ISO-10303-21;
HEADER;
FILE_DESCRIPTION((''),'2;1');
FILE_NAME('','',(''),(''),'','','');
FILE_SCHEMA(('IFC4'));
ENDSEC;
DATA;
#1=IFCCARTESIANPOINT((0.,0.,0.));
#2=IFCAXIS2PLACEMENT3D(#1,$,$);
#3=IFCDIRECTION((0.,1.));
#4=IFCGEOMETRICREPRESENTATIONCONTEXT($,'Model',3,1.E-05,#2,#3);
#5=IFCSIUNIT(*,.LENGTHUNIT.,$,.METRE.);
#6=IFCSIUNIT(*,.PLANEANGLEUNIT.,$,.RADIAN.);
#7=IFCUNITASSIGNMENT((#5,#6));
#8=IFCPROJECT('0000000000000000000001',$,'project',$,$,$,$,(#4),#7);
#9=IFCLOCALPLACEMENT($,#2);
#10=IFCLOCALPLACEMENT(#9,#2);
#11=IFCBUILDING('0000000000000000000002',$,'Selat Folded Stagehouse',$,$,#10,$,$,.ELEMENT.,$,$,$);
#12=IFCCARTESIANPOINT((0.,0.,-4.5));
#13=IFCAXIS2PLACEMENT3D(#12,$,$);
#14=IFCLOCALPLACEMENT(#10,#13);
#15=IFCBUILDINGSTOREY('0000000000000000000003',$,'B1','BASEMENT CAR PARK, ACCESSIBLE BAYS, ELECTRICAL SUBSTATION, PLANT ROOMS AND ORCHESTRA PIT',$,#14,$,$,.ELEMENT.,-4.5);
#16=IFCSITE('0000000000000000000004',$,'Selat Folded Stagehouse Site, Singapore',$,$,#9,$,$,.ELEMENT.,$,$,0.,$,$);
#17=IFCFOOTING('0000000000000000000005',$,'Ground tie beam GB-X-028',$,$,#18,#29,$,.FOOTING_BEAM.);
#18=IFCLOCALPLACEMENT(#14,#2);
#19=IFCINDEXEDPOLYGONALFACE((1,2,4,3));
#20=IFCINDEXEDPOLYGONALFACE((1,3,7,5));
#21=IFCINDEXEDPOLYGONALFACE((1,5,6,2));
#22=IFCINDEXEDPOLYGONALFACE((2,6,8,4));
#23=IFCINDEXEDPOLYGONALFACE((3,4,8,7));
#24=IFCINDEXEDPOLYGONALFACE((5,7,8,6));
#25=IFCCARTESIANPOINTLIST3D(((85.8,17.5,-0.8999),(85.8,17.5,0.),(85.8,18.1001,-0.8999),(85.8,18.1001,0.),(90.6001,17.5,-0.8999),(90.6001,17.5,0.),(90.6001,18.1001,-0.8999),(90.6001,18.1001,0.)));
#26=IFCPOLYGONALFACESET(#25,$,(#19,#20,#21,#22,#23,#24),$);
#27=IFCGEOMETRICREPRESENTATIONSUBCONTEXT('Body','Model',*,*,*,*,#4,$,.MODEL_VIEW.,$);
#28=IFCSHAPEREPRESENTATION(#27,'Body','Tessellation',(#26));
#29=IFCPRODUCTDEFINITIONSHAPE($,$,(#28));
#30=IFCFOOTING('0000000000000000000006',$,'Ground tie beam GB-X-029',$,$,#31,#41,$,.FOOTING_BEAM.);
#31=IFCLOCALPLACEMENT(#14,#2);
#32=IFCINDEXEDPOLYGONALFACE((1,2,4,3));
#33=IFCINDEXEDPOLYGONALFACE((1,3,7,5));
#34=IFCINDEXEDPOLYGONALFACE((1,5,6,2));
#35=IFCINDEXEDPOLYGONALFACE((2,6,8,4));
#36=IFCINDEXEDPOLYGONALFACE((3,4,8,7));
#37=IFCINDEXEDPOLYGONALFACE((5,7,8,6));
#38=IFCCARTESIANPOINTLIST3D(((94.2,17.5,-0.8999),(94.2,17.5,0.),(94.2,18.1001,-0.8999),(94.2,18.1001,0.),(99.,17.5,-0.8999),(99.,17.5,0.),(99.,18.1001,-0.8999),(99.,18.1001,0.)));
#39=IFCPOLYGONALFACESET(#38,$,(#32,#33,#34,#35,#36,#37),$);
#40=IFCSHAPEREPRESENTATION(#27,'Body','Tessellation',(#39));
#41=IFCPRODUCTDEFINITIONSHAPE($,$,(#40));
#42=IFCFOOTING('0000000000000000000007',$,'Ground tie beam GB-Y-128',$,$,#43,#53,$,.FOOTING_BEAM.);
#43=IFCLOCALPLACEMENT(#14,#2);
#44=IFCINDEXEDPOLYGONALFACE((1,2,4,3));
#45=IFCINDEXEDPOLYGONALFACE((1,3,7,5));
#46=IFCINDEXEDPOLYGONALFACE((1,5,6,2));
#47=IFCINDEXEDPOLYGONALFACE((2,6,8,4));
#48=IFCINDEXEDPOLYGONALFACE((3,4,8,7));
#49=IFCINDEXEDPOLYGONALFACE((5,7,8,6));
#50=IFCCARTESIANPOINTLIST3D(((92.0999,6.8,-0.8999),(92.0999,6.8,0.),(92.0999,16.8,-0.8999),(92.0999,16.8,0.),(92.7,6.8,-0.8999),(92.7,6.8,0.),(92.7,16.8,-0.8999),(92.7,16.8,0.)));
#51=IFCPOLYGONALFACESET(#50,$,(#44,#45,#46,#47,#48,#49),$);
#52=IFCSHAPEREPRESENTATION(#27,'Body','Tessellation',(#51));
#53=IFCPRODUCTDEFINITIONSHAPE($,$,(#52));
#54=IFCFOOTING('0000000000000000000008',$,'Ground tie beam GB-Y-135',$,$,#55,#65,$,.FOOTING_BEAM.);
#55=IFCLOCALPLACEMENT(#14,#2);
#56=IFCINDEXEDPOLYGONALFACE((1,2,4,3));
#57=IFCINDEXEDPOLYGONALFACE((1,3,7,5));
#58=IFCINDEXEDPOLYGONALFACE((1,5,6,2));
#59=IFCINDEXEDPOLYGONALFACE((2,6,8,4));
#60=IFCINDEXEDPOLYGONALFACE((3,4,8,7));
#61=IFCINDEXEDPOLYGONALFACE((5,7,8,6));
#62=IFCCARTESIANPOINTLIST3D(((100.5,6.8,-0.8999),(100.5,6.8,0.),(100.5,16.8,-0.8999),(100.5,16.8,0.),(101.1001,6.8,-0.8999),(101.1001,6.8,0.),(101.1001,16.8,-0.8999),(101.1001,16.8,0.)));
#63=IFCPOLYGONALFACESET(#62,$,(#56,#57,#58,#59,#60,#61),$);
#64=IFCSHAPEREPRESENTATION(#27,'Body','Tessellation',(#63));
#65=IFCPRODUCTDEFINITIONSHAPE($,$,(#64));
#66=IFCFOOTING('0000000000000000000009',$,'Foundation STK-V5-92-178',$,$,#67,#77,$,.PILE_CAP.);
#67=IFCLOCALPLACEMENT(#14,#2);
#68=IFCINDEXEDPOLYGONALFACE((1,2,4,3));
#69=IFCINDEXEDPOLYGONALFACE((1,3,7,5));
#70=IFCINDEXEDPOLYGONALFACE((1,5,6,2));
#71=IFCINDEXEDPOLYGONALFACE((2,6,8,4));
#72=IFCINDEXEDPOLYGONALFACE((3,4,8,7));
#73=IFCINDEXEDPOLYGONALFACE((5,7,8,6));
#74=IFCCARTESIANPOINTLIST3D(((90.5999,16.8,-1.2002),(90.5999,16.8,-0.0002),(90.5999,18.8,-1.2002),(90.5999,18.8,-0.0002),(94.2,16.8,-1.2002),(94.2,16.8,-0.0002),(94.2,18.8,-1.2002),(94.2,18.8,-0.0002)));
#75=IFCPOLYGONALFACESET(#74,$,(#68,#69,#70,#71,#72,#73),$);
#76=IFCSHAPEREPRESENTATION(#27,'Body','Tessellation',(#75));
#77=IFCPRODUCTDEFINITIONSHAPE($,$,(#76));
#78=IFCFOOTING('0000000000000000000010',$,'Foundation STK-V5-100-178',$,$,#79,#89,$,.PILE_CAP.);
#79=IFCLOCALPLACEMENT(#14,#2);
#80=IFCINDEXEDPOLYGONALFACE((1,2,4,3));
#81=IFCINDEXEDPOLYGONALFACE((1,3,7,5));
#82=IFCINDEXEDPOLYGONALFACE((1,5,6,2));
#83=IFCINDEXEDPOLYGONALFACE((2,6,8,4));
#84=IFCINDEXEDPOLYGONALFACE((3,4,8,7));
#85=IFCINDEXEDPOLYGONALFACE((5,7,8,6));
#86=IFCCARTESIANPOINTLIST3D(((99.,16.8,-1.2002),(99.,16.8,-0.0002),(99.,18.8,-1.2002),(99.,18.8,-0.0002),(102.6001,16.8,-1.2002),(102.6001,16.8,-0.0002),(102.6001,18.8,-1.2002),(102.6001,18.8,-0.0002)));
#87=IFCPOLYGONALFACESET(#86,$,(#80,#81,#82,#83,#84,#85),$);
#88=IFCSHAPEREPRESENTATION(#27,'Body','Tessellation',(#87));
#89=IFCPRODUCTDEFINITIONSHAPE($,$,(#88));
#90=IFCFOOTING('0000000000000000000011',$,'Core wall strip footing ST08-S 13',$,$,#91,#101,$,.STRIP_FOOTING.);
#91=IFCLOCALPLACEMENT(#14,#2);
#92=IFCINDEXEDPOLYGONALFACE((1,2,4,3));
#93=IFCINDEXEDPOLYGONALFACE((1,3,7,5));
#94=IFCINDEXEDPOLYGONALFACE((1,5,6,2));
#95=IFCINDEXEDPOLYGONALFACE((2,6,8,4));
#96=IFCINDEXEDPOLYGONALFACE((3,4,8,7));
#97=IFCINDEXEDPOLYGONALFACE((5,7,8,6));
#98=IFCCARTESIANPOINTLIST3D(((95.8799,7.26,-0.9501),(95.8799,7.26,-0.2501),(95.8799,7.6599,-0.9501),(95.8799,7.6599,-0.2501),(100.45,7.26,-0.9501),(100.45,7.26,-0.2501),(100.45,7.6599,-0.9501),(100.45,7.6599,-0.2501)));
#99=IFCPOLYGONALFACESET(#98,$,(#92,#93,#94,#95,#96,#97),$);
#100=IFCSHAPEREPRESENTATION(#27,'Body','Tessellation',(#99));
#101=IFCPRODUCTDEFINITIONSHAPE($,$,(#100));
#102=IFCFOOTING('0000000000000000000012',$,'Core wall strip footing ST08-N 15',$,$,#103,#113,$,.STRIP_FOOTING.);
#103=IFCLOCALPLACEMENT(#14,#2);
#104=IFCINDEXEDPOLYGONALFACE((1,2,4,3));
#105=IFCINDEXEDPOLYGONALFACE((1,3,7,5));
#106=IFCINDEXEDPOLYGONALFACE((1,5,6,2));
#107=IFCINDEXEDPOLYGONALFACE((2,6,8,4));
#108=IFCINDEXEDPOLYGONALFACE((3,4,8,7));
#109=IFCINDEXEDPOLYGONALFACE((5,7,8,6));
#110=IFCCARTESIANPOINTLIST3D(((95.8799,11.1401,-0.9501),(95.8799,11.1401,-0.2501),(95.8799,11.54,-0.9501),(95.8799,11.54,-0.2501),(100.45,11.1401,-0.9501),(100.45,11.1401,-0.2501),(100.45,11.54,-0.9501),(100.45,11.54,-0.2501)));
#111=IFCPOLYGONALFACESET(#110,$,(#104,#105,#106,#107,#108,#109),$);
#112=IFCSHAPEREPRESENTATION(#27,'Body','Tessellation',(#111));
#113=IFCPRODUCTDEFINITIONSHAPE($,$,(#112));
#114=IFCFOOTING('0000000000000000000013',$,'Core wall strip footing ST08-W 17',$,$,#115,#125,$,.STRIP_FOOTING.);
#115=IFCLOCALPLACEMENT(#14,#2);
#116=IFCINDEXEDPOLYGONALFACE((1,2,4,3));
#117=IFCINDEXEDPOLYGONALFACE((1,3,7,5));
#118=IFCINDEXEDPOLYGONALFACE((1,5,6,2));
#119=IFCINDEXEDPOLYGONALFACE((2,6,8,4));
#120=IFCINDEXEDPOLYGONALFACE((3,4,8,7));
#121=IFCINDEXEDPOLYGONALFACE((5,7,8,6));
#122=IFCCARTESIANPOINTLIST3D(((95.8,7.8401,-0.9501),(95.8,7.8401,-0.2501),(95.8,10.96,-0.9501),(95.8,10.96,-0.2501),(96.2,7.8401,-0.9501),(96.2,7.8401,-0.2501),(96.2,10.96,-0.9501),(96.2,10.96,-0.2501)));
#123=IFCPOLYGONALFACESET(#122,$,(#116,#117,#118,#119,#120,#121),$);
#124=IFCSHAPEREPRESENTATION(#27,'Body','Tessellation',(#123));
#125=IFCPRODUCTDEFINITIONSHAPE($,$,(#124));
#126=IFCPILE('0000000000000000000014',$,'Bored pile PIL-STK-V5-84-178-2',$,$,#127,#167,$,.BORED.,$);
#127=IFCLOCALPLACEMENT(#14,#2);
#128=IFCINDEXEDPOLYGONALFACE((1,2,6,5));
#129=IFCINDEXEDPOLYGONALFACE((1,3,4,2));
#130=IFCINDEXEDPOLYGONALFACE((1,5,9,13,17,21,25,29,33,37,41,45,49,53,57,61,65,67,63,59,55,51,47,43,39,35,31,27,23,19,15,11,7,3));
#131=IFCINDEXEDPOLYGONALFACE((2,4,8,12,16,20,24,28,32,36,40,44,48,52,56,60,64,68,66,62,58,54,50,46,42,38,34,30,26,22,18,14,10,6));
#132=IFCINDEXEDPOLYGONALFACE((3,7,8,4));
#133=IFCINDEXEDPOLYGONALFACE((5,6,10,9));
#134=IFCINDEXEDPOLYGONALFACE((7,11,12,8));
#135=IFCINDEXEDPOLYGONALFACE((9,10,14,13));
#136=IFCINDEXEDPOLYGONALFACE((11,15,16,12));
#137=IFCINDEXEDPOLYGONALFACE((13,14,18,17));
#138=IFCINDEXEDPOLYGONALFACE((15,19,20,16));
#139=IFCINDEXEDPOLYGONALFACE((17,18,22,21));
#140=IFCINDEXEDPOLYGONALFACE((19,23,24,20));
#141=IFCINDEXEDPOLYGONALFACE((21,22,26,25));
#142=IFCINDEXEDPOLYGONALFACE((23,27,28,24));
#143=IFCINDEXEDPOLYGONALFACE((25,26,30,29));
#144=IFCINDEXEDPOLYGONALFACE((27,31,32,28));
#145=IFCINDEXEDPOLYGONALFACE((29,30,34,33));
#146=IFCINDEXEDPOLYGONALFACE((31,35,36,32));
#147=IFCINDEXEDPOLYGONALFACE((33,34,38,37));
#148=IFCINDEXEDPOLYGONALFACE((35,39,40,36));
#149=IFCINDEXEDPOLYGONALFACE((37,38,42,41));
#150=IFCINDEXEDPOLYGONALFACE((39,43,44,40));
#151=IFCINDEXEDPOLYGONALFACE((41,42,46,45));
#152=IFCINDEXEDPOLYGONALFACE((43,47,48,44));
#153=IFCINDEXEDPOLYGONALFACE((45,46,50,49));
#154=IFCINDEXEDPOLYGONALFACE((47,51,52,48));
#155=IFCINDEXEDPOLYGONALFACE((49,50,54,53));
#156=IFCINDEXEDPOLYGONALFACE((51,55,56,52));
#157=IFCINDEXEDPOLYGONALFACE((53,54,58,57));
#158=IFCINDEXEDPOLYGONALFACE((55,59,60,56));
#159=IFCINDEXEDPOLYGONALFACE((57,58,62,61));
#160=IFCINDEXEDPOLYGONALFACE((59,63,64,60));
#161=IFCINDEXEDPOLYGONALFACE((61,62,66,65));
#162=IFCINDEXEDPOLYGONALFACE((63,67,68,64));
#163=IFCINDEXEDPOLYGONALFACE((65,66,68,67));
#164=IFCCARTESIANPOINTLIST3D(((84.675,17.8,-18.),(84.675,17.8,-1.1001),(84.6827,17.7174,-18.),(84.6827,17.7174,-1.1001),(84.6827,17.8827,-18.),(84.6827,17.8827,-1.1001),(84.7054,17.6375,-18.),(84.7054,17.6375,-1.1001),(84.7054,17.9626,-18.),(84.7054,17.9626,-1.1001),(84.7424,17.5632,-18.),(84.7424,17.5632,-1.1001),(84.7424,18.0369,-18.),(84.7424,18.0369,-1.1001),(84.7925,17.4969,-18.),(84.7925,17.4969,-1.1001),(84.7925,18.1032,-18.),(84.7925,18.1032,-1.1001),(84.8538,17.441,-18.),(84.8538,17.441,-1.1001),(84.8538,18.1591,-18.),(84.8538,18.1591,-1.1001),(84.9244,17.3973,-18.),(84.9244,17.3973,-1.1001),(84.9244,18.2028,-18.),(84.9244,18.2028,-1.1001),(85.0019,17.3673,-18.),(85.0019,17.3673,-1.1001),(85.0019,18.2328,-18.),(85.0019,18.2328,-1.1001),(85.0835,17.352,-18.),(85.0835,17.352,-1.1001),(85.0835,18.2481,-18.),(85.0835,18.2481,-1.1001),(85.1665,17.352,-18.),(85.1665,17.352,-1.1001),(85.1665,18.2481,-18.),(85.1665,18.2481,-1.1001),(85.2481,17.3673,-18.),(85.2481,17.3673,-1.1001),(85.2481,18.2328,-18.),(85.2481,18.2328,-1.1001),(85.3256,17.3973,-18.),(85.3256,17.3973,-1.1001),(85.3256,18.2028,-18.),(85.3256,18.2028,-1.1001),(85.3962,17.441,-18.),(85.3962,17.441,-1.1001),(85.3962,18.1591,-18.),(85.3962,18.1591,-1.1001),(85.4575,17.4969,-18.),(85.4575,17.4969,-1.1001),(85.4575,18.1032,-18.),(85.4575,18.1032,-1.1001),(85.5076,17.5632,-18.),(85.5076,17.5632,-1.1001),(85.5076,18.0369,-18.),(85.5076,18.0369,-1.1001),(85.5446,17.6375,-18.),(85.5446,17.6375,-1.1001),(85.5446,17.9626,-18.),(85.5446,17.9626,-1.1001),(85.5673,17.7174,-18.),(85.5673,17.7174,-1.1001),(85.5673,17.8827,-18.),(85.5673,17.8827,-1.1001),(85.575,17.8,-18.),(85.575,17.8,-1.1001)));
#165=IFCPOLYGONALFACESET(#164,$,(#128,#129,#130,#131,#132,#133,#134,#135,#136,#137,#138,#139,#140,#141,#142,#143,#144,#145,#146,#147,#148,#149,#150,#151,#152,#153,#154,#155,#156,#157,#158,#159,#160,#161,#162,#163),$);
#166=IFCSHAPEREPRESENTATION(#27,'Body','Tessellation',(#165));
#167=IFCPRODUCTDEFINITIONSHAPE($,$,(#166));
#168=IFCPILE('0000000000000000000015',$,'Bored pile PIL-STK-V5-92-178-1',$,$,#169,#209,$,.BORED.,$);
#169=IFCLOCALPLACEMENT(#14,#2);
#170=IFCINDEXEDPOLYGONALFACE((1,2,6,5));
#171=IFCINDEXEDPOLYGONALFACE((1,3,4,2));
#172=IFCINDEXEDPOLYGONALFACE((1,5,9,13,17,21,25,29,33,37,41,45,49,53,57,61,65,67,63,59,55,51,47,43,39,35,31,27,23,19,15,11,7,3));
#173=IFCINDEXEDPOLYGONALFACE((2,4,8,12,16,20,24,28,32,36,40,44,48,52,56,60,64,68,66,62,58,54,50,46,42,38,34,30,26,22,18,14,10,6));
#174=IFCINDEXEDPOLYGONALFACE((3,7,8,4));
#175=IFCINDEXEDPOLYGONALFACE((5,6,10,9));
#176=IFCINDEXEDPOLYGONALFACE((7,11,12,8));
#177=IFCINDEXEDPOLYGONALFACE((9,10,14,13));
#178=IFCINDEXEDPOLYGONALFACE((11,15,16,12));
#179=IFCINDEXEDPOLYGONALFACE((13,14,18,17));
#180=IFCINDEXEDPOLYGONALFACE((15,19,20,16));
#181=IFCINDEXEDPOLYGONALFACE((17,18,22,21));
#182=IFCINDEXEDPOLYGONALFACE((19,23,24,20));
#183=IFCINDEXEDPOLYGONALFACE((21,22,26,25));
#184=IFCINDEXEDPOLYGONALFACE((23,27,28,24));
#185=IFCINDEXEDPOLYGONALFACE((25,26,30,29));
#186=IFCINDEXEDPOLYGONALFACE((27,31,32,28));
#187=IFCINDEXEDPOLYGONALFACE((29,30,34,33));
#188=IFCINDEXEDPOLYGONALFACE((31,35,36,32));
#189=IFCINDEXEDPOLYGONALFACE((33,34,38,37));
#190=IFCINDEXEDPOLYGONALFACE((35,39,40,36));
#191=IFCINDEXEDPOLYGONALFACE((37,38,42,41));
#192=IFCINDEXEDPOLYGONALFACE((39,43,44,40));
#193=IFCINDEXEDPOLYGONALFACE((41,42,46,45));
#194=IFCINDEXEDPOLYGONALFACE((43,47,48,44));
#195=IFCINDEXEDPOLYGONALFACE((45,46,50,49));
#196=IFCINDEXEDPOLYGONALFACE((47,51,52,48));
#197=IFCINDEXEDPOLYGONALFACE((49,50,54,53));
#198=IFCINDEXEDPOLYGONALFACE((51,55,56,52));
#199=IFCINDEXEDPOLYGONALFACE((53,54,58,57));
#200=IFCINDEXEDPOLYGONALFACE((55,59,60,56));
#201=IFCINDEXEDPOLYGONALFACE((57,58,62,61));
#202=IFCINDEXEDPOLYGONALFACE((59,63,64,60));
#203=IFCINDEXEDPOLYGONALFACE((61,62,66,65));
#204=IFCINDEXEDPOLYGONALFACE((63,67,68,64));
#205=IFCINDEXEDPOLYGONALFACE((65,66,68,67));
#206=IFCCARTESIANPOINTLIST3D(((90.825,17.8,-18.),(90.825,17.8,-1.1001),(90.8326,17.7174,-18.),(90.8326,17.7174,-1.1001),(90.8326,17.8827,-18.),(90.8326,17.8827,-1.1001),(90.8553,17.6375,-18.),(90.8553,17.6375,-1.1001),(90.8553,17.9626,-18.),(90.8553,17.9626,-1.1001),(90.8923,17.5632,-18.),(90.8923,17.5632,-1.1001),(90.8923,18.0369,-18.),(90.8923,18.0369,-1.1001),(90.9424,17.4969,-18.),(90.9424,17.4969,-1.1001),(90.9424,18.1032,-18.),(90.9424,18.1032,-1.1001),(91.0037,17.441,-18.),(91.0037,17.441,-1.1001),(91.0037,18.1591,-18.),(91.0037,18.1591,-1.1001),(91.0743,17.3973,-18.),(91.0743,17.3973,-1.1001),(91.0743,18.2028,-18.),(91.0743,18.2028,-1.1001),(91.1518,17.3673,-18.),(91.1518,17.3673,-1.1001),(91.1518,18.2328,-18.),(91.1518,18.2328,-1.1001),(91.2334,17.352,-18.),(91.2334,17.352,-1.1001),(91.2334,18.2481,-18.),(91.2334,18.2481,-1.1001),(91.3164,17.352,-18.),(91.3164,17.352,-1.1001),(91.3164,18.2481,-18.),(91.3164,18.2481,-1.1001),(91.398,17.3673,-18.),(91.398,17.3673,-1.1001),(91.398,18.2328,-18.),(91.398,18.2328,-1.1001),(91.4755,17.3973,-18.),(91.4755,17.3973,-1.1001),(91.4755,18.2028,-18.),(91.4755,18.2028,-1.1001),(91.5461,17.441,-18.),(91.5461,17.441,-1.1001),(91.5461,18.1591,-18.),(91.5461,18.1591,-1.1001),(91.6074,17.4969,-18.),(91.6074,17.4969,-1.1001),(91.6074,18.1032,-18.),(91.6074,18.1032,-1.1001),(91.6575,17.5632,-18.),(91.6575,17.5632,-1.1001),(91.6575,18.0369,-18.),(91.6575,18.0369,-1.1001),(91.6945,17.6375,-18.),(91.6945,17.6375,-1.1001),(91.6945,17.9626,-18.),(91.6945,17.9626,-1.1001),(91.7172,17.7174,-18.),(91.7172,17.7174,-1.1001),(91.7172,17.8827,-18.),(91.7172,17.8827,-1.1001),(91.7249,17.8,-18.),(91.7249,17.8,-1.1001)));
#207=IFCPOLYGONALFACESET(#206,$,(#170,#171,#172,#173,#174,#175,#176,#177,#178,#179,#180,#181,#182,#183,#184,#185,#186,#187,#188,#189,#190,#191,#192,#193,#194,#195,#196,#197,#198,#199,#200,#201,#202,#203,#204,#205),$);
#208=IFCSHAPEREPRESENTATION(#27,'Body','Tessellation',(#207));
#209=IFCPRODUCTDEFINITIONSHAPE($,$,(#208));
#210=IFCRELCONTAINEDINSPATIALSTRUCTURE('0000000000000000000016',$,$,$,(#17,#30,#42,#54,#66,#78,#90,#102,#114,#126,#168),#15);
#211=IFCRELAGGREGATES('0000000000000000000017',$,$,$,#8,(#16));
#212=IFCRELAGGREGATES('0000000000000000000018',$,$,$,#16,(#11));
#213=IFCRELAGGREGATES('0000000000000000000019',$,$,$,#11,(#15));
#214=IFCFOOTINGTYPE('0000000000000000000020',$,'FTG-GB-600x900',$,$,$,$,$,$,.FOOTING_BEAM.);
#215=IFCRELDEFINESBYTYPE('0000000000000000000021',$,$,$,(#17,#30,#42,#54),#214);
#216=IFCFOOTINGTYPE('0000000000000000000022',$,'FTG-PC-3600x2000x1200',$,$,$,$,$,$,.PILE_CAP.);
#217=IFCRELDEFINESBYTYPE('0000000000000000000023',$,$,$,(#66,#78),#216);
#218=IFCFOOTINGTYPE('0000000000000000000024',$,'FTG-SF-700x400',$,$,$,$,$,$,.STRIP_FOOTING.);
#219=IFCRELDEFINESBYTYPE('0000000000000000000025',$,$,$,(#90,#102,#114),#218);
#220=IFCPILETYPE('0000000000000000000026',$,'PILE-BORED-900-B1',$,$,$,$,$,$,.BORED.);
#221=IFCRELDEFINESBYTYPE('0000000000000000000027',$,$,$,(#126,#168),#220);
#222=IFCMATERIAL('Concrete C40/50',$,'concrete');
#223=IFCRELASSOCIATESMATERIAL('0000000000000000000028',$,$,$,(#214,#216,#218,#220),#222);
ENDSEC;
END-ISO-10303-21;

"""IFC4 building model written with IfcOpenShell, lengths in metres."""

from ifc_helpers import new_model, si_unit, direction, frame, origin, origin_2d, place, context, subcontext, project, spatial, rectangle, circle, extrude, material, material_profile, profile_set, type_object, element, save


model = new_model("IFC4")

# Units and contexts
model_context = context("Model", 3, precision=1e-05, world=origin(), true_north=direction((0.0, 1.0)))
body_context = subcontext(model_context, "Body", "Model", "MODEL_VIEW")
ifc_project = project(units=[si_unit("LENGTHUNIT", "METRE"), si_unit("PLANEANGLEUNIT", "RADIAN")], contexts=[model_context])

# Site, building, storey
site_placement = place(None, origin())
site = spatial("IfcSite", under=ifc_project, at=site_placement, Name="Selat Folded Stagehouse Site, Singapore", CompositionType="ELEMENT", RefElevation=0.0)
building_placement = place(site_placement, origin())
building = spatial("IfcBuilding", under=site, at=building_placement, Name="Selat Folded Stagehouse", CompositionType="ELEMENT")
storey_placement = place(building_placement, frame((0.0, 0.0, -4.5)))
storey = spatial("IfcBuildingStorey", under=building, at=storey_placement, Name="B1", Description="BASEMENT CAR PARK, ACCESSIBLE BAYS, ELECTRICAL SUBSTATION, PLANT ROOMS AND ORCHESTRA PIT", CompositionType="ELEMENT", Elevation=-4.5)

# Footings
ifc_material_1 = material(Name="Concrete C40/50", Category="concrete")
ifc_material_profile_1 = material_profile(ifc_material_1, rectangle(XDim=0.6001, YDim=0.8999, at=origin_2d()), Name="RC 900x600")
ifc_profile_set_1 = profile_set([ifc_material_profile_1], Name="Concrete C40/50")
footing_type_1 = type_object("IfcFootingType", Name="FTG-GB-600x900", PredefinedType="FOOTING_BEAM", material=ifc_profile_set_1)
for number, where, z_axis, x_axis, name in (
    (1, (85.8, 17.8, -0.45), (1.0, 0.0, 0.0), (0.0, 1.0, 0.0), "Ground tie beam GB-X-028"),
    (2, (94.2, 17.8, -0.45), (1.0, 0.0, 0.0), (0.0, 1.0, 0.0), "Ground tie beam GB-X-029"),
):
    element("IfcFooting", number, at=place(storey_placement, frame(where, z_axis=z_axis, x_axis=x_axis)), inside=storey, type_object=footing_type_1, Name=name, PredefinedType="FOOTING_BEAM", context=body_context, shape_type="SweptSolid", body=[
        extrude(rectangle(XDim=0.6001, YDim=0.8999, at=origin_2d()), origin(), (0.0, 0.0, 1.0), 4.8),
    ])
for number, where, z_axis, x_axis, name in (
    (3, (92.3999, 6.8, -0.45), (0.0, 1.0, 0.0), (-1.0, 0.0, 0.0), "Ground tie beam GB-Y-128"),
    (4, (100.8, 6.8, -0.45), (0.0, 1.0, 0.0), (-1.0, 0.0, 0.0), "Ground tie beam GB-Y-135"),
):
    element("IfcFooting", number, at=place(storey_placement, frame(where, z_axis=z_axis, x_axis=x_axis)), inside=storey, type_object=footing_type_1, Name=name, PredefinedType="FOOTING_BEAM", context=body_context, shape_type="SweptSolid", body=[
        extrude(rectangle(XDim=0.6001, YDim=0.8999, at=origin_2d()), origin(), (0.0, 0.0, 1.0), 10.0),
    ])
footing_type_2 = type_object("IfcFootingType", Name="FTG-PC-3600x2000x1200", PredefinedType="PILE_CAP", material=ifc_material_1)
for number, where, z_axis, x_axis, name in (
    (5, (92.3999, 17.8, -1.2002), (0.0, 0.0, 1.0), (1.0, 0.0, 0.0), "Foundation STK-V5-92-178"),
    (6, (100.8, 17.8, -1.2002), (0.0, 0.0, 1.0), (1.0, 0.0, 0.0), "Foundation STK-V5-100-178"),
):
    element("IfcFooting", number, at=place(storey_placement, frame(where, z_axis=z_axis, x_axis=x_axis)), inside=storey, type_object=footing_type_2, Name=name, PredefinedType="PILE_CAP", context=body_context, shape_type="SweptSolid", body=[
        extrude(rectangle(XDim=3.6001, YDim=2.0, at=origin_2d()), origin(), (0.0, 0.0, 1.0), 1.2),
    ])
ifc_material_profile_2 = material_profile(ifc_material_1, rectangle(XDim=0.3999, YDim=0.7, at=origin_2d()), Name="RC 700x400")
ifc_profile_set_2 = profile_set([ifc_material_profile_2], Name="Concrete C40/50")
footing_type_3 = type_object("IfcFootingType", Name="FTG-SF-700x400", PredefinedType="STRIP_FOOTING", material=ifc_profile_set_2)
for number, where, z_axis, x_axis, name in (
    (7, (95.8799, 7.46, -0.6001), (1.0, 0.0, 0.0), (0.0, 1.0, 0.0), "Core wall strip footing ST08-S 13"),
    (8, (95.8799, 11.3401, -0.6001), (1.0, 0.0, 0.0), (0.0, 1.0, 0.0), "Core wall strip footing ST08-N 15"),
):
    element("IfcFooting", number, at=place(storey_placement, frame(where, z_axis=z_axis, x_axis=x_axis)), inside=storey, type_object=footing_type_3, Name=name, PredefinedType="STRIP_FOOTING", context=body_context, shape_type="SweptSolid", body=[
        extrude(rectangle(XDim=0.3999, YDim=0.7, at=origin_2d()), origin(), (0.0, 0.0, 1.0), 4.5701),
    ])
footing_placement = place(storey_placement, frame((96.0, 7.8401, -0.6001), z_axis=(0.0, 1.0, 0.0), x_axis=(-1.0, 0.0, 0.0)))
element("IfcFooting", 9, at=footing_placement, inside=storey, type_object=footing_type_3, Name="Core wall strip footing ST08-W 17", PredefinedType="STRIP_FOOTING", context=body_context, shape_type="SweptSolid", body=[
    extrude(rectangle(XDim=0.3999, YDim=0.7, at=origin_2d()), origin(), (0.0, 0.0, 1.0), 3.1199),
])

# Piles
ifc_material_profile_3 = material_profile(ifc_material_1, circle(Radius=0.45, at=origin_2d()), Name="PILE D900")
ifc_profile_set_3 = profile_set([ifc_material_profile_3], Name="Concrete C40/50")
pile_type = type_object("IfcPileType", Name="PILE-BORED-900-B1", PredefinedType="BORED", material=ifc_profile_set_3)
for number, where, z_axis, x_axis, name in (
    (10, (85.125, 17.8, -1.1001), (0.0, 0.0, -1.0), (1.0, 0.0, 0.0), "Bored pile PIL-STK-V5-84-178-2"),
    (11, (91.2749, 17.8, -1.1001), (0.0, 0.0, -1.0), (1.0, 0.0, 0.0), "Bored pile PIL-STK-V5-92-178-1"),
):
    element("IfcPile", number, at=place(storey_placement, frame(where, z_axis=z_axis, x_axis=x_axis)), inside=storey, type_object=pile_type, Name=name, PredefinedType="BORED", context=body_context, shape_type="SweptSolid", body=[
        extrude(circle(Radius=0.45, at=origin_2d()), origin(), (0.0, 0.0, 1.0), 16.8999),
    ])

save(model, "model.ifc")
